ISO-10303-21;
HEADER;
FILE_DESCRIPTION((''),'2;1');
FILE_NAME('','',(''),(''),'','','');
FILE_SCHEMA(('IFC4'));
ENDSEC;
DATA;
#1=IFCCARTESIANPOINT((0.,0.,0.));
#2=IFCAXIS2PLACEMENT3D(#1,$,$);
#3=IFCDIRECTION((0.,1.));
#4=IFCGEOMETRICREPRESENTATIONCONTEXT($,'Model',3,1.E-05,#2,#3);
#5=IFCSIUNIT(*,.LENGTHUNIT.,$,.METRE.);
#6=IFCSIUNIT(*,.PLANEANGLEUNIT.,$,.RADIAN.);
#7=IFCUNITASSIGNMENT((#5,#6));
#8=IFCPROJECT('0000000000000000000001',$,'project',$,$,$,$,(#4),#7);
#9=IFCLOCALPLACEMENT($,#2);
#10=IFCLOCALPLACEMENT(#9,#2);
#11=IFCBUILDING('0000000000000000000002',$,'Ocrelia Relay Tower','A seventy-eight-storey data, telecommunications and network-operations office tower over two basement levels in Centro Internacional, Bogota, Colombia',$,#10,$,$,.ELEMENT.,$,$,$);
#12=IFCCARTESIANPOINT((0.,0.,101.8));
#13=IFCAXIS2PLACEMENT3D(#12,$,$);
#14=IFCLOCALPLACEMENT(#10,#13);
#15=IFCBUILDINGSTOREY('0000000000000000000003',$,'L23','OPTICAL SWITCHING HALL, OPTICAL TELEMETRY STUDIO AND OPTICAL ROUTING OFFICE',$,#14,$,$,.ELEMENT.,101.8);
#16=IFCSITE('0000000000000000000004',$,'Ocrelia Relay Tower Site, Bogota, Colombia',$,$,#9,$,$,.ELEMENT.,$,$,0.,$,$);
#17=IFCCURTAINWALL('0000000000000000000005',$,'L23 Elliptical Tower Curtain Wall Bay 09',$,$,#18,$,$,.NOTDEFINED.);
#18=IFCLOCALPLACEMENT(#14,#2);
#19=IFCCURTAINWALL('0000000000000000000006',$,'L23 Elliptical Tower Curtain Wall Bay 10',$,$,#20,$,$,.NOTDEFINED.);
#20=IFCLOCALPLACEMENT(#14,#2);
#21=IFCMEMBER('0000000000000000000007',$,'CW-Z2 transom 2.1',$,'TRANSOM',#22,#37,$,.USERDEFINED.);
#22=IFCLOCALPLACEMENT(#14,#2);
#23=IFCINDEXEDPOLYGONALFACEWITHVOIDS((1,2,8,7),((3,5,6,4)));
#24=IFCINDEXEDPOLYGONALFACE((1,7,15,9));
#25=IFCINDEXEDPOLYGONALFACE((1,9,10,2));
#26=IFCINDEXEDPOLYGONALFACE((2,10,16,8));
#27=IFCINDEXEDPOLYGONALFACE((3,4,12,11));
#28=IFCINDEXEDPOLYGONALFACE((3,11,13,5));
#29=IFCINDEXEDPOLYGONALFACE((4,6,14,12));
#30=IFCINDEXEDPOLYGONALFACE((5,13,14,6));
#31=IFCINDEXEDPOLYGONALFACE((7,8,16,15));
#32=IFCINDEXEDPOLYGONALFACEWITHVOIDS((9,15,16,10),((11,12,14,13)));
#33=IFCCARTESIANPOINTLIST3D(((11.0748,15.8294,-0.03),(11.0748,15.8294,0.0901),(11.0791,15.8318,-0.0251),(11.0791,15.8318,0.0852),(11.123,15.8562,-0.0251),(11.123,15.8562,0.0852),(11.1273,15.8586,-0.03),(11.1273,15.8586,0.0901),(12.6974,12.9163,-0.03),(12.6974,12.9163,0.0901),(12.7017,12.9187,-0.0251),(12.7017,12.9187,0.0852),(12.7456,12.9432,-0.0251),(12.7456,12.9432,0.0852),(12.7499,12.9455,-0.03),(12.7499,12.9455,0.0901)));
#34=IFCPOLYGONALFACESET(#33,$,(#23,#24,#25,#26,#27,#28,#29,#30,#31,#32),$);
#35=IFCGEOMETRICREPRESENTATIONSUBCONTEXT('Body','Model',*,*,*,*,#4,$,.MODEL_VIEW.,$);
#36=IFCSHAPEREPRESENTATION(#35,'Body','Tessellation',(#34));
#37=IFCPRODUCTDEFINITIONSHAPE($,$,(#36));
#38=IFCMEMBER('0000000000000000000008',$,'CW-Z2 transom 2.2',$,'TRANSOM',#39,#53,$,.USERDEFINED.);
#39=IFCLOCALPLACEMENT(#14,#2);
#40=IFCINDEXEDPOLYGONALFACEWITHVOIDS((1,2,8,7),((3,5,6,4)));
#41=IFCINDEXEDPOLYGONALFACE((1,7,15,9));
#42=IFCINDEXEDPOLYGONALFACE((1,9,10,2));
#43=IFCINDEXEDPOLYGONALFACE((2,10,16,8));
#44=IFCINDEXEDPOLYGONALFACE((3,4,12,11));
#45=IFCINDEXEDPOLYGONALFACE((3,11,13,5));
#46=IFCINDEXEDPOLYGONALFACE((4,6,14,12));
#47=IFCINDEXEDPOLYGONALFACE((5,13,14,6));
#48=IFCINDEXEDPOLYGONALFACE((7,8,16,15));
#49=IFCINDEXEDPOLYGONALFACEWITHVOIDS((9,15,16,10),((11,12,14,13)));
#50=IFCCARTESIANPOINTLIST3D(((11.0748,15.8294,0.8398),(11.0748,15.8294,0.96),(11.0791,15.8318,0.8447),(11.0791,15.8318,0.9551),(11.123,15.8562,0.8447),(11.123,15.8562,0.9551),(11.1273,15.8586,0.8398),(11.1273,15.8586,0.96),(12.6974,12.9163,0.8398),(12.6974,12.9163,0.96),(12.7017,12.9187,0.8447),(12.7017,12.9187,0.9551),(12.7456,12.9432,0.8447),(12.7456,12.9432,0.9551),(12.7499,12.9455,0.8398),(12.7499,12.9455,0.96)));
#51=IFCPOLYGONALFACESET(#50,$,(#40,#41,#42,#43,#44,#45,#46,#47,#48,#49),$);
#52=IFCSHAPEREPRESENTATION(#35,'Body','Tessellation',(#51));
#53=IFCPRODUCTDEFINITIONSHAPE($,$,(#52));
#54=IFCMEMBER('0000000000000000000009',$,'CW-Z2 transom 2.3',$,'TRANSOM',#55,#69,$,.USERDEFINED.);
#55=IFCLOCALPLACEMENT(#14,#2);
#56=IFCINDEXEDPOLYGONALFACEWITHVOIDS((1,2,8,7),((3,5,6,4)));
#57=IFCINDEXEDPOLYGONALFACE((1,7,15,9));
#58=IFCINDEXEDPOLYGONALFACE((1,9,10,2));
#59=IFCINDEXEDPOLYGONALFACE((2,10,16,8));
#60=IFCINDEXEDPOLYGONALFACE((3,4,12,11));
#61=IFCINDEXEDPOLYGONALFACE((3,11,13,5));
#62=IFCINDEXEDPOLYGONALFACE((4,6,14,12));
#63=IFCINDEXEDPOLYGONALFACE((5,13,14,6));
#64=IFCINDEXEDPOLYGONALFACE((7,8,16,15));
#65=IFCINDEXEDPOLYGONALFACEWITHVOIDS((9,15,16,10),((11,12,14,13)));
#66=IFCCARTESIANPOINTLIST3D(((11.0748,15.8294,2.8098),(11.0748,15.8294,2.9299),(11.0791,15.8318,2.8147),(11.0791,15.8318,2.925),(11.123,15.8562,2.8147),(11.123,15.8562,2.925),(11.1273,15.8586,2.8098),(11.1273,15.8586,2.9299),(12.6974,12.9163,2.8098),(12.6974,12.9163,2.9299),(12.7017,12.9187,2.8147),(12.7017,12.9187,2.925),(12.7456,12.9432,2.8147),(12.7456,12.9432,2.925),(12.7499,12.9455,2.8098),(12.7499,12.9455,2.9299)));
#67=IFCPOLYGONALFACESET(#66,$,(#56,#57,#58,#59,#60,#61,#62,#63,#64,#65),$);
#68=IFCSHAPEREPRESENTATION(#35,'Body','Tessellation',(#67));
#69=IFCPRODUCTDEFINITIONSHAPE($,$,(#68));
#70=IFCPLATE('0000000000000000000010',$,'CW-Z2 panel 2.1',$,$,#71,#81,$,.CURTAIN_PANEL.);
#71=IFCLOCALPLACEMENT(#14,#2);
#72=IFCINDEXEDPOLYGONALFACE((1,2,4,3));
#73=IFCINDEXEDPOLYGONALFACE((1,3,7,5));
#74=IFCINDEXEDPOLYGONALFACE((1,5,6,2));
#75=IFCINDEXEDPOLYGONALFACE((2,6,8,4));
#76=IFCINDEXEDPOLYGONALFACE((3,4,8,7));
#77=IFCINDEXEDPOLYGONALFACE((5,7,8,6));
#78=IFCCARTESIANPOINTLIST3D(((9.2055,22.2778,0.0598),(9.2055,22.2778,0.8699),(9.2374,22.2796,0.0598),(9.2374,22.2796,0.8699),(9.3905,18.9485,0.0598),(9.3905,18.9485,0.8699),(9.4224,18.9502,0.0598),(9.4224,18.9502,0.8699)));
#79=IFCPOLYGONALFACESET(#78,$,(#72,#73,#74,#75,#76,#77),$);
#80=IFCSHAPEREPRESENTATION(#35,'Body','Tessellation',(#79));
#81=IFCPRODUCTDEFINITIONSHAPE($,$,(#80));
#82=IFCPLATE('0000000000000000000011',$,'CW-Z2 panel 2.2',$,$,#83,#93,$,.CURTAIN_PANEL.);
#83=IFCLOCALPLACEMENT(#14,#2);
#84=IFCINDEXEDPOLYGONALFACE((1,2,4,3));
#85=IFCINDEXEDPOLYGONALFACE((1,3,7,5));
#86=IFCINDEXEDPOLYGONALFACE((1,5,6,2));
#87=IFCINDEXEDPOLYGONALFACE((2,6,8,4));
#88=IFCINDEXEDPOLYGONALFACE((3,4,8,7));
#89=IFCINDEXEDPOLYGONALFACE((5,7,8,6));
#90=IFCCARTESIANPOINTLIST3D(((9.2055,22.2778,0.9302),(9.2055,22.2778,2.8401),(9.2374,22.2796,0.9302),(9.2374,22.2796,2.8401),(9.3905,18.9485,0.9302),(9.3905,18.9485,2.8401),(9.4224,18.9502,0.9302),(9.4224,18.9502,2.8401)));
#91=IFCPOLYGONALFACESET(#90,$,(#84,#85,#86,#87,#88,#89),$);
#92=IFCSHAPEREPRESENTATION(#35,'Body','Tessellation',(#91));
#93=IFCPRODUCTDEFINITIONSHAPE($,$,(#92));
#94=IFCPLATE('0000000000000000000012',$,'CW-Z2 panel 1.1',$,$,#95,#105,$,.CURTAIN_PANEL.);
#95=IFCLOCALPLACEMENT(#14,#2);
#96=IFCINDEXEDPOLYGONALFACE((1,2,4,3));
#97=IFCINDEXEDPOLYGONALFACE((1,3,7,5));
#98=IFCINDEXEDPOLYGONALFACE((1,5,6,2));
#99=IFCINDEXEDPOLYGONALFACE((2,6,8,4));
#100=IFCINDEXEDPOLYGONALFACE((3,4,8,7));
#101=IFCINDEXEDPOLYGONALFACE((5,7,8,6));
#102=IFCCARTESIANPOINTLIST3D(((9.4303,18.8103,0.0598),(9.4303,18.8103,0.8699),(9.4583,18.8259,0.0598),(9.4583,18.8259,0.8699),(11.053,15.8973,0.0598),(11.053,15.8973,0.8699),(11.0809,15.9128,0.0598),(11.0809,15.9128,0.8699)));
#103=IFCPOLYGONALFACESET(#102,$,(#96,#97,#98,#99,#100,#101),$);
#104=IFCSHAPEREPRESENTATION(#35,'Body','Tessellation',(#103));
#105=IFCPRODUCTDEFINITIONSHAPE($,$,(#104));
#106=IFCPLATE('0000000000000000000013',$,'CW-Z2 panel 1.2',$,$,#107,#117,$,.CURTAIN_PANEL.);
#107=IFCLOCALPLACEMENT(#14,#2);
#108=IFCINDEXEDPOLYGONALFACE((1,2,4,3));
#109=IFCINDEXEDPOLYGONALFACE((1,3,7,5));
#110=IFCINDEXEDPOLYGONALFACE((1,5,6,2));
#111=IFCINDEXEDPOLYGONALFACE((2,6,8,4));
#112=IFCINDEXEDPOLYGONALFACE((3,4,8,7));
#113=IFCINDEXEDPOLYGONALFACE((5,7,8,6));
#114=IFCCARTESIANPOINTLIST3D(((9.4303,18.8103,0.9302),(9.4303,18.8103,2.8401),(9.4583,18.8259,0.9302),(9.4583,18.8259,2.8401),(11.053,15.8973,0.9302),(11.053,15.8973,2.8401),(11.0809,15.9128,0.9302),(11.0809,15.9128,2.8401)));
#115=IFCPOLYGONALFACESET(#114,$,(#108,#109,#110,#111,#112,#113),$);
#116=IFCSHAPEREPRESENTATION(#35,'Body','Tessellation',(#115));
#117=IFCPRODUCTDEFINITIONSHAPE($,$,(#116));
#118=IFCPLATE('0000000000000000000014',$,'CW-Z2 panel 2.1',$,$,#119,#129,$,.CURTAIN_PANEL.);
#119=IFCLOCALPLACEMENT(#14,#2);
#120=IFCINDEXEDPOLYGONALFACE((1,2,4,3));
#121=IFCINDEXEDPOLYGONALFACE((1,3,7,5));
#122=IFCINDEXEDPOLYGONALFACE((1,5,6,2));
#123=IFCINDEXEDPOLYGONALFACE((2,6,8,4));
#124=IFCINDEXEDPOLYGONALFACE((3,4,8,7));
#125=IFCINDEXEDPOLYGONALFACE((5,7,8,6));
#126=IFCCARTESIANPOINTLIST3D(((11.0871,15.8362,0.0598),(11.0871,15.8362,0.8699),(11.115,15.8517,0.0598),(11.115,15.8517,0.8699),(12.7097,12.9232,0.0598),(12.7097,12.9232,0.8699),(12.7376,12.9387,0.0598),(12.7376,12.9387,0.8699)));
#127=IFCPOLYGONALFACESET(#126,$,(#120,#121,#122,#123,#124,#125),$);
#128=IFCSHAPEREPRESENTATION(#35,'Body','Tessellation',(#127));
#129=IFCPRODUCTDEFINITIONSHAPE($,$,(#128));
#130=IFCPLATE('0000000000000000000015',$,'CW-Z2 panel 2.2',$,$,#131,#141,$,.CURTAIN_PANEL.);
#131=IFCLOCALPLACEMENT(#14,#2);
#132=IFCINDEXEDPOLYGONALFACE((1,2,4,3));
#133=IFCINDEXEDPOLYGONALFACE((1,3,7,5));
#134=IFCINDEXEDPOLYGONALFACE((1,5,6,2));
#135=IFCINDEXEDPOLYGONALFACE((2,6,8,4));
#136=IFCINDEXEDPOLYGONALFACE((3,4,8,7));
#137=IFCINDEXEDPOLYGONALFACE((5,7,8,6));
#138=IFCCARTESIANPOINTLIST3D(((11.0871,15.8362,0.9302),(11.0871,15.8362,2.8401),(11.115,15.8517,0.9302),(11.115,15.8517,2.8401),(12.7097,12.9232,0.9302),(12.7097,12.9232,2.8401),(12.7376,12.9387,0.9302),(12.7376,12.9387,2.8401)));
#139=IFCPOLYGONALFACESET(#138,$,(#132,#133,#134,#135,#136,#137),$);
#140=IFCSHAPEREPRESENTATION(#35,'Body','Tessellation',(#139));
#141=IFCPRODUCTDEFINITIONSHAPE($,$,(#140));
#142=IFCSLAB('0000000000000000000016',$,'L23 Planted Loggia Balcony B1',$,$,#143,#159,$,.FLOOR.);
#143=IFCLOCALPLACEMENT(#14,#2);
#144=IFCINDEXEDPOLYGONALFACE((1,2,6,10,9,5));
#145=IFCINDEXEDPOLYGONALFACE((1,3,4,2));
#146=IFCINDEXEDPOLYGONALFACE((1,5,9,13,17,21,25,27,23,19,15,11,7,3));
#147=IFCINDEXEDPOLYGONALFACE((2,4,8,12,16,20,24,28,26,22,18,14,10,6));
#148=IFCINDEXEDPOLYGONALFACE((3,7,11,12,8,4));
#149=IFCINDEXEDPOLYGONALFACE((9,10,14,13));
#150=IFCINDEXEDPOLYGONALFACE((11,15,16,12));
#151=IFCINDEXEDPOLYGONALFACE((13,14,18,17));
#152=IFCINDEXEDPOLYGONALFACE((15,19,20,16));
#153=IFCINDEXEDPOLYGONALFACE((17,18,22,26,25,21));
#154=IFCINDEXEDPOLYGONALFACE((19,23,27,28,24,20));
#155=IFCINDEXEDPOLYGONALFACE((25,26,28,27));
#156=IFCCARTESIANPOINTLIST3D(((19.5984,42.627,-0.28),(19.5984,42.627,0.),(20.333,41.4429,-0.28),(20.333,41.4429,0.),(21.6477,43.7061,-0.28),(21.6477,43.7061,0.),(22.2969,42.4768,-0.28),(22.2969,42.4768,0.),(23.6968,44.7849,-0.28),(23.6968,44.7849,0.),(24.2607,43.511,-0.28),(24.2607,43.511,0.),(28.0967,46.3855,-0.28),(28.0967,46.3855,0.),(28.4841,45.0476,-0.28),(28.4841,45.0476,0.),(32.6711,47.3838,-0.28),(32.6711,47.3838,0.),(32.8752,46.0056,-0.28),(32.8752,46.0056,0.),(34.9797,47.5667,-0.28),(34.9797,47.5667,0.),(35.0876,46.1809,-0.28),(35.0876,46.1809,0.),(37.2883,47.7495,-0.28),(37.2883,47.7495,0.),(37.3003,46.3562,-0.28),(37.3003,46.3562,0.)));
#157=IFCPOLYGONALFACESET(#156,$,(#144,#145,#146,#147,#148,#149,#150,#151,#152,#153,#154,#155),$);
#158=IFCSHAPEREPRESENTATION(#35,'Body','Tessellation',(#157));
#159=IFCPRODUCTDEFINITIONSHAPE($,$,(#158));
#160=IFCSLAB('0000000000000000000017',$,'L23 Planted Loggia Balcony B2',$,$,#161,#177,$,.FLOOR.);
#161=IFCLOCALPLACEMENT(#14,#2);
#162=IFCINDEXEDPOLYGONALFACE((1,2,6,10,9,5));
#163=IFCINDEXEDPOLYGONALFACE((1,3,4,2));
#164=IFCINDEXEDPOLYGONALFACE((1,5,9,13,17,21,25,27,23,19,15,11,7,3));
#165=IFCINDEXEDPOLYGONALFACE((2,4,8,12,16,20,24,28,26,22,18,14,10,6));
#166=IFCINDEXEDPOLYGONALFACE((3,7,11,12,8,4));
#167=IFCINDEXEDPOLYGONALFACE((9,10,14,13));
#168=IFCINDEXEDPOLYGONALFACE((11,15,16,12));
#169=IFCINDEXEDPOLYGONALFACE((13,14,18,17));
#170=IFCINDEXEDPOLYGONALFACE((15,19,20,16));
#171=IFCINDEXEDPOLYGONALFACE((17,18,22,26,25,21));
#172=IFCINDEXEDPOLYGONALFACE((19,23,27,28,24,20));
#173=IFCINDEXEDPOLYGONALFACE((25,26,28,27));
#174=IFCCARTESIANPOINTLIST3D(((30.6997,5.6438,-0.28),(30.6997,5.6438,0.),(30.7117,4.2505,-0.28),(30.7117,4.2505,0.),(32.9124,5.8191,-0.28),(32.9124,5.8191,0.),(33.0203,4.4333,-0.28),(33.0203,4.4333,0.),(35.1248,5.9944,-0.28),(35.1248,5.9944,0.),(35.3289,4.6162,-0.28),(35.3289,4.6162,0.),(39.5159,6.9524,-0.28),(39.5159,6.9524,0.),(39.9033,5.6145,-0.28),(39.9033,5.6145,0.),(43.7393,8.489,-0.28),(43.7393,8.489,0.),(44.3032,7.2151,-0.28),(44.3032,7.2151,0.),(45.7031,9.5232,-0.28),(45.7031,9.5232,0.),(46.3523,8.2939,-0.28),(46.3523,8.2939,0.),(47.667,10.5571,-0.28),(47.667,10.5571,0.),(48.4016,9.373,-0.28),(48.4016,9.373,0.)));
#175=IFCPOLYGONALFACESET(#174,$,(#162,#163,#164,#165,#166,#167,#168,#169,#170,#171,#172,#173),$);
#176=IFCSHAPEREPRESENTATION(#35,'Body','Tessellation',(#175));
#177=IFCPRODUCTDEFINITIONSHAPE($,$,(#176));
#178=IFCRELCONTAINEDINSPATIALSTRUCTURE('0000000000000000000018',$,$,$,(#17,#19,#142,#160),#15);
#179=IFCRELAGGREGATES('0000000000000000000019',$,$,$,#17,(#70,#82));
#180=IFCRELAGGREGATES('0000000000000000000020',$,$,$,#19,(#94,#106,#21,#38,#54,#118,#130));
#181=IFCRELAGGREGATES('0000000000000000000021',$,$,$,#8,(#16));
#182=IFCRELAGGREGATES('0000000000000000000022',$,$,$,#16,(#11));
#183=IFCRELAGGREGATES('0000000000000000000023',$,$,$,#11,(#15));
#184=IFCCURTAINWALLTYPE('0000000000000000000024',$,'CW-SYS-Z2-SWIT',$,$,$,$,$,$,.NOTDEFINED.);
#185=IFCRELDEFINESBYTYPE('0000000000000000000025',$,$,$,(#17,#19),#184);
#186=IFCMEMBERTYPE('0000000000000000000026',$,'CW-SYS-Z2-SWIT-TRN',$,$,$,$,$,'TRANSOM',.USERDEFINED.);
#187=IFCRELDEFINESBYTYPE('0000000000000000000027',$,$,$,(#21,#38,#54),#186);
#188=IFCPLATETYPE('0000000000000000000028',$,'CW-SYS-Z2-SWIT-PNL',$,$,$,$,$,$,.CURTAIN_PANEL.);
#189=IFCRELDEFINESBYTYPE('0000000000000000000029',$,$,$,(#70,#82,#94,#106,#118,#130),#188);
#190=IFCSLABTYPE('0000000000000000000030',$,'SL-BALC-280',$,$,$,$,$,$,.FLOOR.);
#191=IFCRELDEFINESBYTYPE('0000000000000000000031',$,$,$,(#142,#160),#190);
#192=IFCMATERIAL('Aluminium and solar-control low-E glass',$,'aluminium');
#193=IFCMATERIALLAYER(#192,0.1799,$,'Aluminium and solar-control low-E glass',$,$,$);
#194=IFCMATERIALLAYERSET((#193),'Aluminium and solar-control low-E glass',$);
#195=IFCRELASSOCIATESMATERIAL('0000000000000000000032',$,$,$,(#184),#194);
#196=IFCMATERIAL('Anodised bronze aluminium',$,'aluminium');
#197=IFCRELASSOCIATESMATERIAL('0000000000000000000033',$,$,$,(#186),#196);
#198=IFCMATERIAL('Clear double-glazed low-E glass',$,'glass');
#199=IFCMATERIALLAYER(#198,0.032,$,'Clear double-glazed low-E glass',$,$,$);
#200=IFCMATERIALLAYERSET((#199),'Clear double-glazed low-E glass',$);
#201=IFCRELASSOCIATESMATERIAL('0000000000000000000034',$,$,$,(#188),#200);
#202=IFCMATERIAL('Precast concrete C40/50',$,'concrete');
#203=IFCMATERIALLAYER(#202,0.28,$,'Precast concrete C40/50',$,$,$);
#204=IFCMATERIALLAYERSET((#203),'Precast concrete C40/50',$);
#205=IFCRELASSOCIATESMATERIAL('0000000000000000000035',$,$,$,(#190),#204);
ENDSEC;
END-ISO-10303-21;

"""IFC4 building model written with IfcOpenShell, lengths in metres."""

from ifc_helpers import new_model, si_unit, direction, frame, origin, origin_2d, place, context, subcontext, project, spatial, polyline, rectangle, hollow_rectangle, outline, extrude, material, layer, layer_set, material_profile, profile_set, type_object, element, aggregate, save


model = new_model("IFC4")

# Units and contexts
model_context = context("Model", 3, precision=1e-05, world=origin(), true_north=direction((0.0, 1.0)))
body_context = subcontext(model_context, "Body", "Model", "MODEL_VIEW")
ifc_project = project(units=[si_unit("LENGTHUNIT", "METRE"), si_unit("PLANEANGLEUNIT", "RADIAN")], contexts=[model_context])

# Site, building, storey
site_placement = place(None, origin())
site = spatial("IfcSite", under=ifc_project, at=site_placement, Name="Ocrelia Relay Tower Site, Bogota, Colombia", CompositionType="ELEMENT", RefElevation=0.0)
building_placement = place(site_placement, origin())
building = spatial("IfcBuilding", under=site, at=building_placement, Name="Ocrelia Relay Tower", Description="A seventy-eight-storey data, telecommunications and network-operations office tower over two basement levels in Centro Internacional, Bogota, Colombia", CompositionType="ELEMENT")
storey_placement = place(building_placement, frame((0.0, 0.0, 101.8)))
storey = spatial("IfcBuildingStorey", under=building, at=storey_placement, Name="L23", Description="OPTICAL SWITCHING HALL, OPTICAL TELEMETRY STUDIO AND OPTICAL ROUTING OFFICE", CompositionType="ELEMENT", Elevation=101.8)

# Curtain walls
ifc_material_1 = material(Name="Aluminium and solar-control low-E glass", Category="aluminium")
ifc_layer_1 = layer(ifc_material_1, 0.1799, Name="Aluminium and solar-control low-E glass")
ifc_layer_set_1 = layer_set([ifc_layer_1], Name="Aluminium and solar-control low-E glass")
curtain_wall_type = type_object("IfcCurtainWallType", Name="CW-SYS-Z2-SWIT", PredefinedType="NOTDEFINED", material=ifc_layer_set_1)
curtain_wall_1_placement = place(storey_placement, origin())
curtain_wall_1 = element("IfcCurtainWall", 1, at=curtain_wall_1_placement, inside=storey, type_object=curtain_wall_type, Name="L23 Elliptical Tower Curtain Wall Bay 09", PredefinedType="NOTDEFINED")
ifc_material_2 = material(Name="Anodised bronze aluminium", Category="aluminium")
curtain_wall_2_placement = place(storey_placement, origin())
curtain_wall_2 = element("IfcCurtainWall", 2, at=curtain_wall_2_placement, inside=storey, type_object=curtain_wall_type, Name="L23 Elliptical Tower Curtain Wall Bay 10", PredefinedType="NOTDEFINED")

# Members
ifc_material_profile_1 = material_profile(ifc_material_2, hollow_rectangle(XDim=0.0601, YDim=0.1201, WallThickness=0.0049, at=origin_2d()), Name="CW-TRN-120x60")
ifc_profile_set_1 = profile_set([ifc_material_profile_1], Name="Anodised bronze aluminium")
member_type_1 = type_object("IfcMemberType", Name="CW-SYS-Z2-SWIT-TRN", ElementType="TRANSOM", PredefinedType="USERDEFINED", material=ifc_profile_set_1)
member_1_placement = place(storey_placement, frame((11.1011, 15.844, 0.03), z_axis=(0.4866, -0.873625, 0.0), x_axis=(0.873625, 0.4866, 0.0)))
member_1 = element("IfcMember", 3, at=member_1_placement, type_object=member_type_1, Name="CW-Z2 transom 2.1", ObjectType="TRANSOM", PredefinedType="USERDEFINED", context=body_context, shape_type="SweptSolid", body=[
    extrude(hollow_rectangle(XDim=0.0601, YDim=0.1201, WallThickness=0.0049, at=origin_2d()), origin(), (0.0, 0.0, 1.0), 3.3345),
])
member_2_placement = place(storey_placement, frame((11.1011, 15.844, 0.8999), z_axis=(0.4866, -0.873625, 0.0), x_axis=(0.873625, 0.4866, 0.0)))
member_2 = element("IfcMember", 4, at=member_2_placement, type_object=member_type_1, Name="CW-Z2 transom 2.2", ObjectType="TRANSOM", PredefinedType="USERDEFINED", context=body_context, shape_type="SweptSolid", body=[
    extrude(hollow_rectangle(XDim=0.0601, YDim=0.1201, WallThickness=0.0049, at=origin_2d()), origin(), (0.0, 0.0, 1.0), 3.3345),
])
member_3_placement = place(storey_placement, frame((11.1011, 15.844, 2.8699), z_axis=(0.4866, -0.873625, 0.0), x_axis=(0.873625, 0.4866, 0.0)))
member_3 = element("IfcMember", 5, at=member_3_placement, type_object=member_type_1, Name="CW-Z2 transom 2.3", ObjectType="TRANSOM", PredefinedType="USERDEFINED", context=body_context, shape_type="SweptSolid", body=[
    extrude(hollow_rectangle(XDim=0.0601, YDim=0.1201, WallThickness=0.0049, at=origin_2d()), origin(), (0.0, 0.0, 1.0), 3.3345),
])

# Plates
ifc_material_3 = material(Name="Clear double-glazed low-E glass", Category="glass")
ifc_layer_2 = layer(ifc_material_3, 0.032, Name="Clear double-glazed low-E glass")
ifc_layer_set_2 = layer_set([ifc_layer_2], Name="Clear double-glazed low-E glass")
plate_type = type_object("IfcPlateType", Name="CW-SYS-Z2-SWIT-PNL", PredefinedType="CURTAIN_PANEL", material=ifc_layer_set_2)
plate_1_placement = place(storey_placement, frame((9.314, 20.614, 0.0598), z_axis=(0.0, 0.0, 1.0), x_axis=(0.055487, -0.998459, 0.0)))
plate_1 = element("IfcPlate", 6, at=plate_1_placement, type_object=plate_type, Name="CW-Z2 panel 2.1", PredefinedType="CURTAIN_PANEL", context=body_context, shape_type="SweptSolid", body=[
    extrude(rectangle(XDim=3.3345, YDim=0.032, at=origin_2d()), origin(), (0.0, 0.0, 1.0), 0.8101),
])
plate_2_placement = place(storey_placement, frame((9.314, 20.614, 0.9302), z_axis=(0.0, 0.0, 1.0), x_axis=(0.055487, -0.998459, 0.0)))
plate_2 = element("IfcPlate", 7, at=plate_2_placement, type_object=plate_type, Name="CW-Z2 panel 2.2", PredefinedType="CURTAIN_PANEL", context=body_context, shape_type="SweptSolid", body=[
    extrude(rectangle(XDim=3.3345, YDim=0.032, at=origin_2d()), origin(), (0.0, 0.0, 1.0), 1.9099),
])
aggregate(curtain_wall_1, [plate_1, plate_2])
plate_3_placement = place(storey_placement, frame((10.2556, 17.3616, 0.0598), z_axis=(0.0, 0.0, 1.0), x_axis=(0.486624, -0.873612, 0.0)))
plate_3 = element("IfcPlate", 8, at=plate_3_placement, type_object=plate_type, Name="CW-Z2 panel 1.1", PredefinedType="CURTAIN_PANEL", context=body_context, shape_type="SweptSolid", body=[
    extrude(rectangle(XDim=3.3345, YDim=0.032, at=origin_2d()), origin(), (0.0, 0.0, 1.0), 0.8101),
])
plate_4_placement = place(storey_placement, frame((10.2556, 17.3616, 0.9302), z_axis=(0.0, 0.0, 1.0), x_axis=(0.486624, -0.873612, 0.0)))
plate_4 = element("IfcPlate", 9, at=plate_4_placement, type_object=plate_type, Name="CW-Z2 panel 1.2", PredefinedType="CURTAIN_PANEL", context=body_context, shape_type="SweptSolid", body=[
    extrude(rectangle(XDim=3.3345, YDim=0.032, at=origin_2d()), origin(), (0.0, 0.0, 1.0), 1.9099),
])
plate_5_placement = place(storey_placement, frame((11.9124, 14.3875, 0.0598), z_axis=(0.0, 0.0, 1.0), x_axis=(0.486624, -0.873612, 0.0)))
plate_5 = element("IfcPlate", 10, at=plate_5_placement, type_object=plate_type, Name="CW-Z2 panel 2.1", PredefinedType="CURTAIN_PANEL", context=body_context, shape_type="SweptSolid", body=[
    extrude(rectangle(XDim=3.3345, YDim=0.032, at=origin_2d()), origin(), (0.0, 0.0, 1.0), 0.8101),
])
plate_6_placement = place(storey_placement, frame((11.9124, 14.3875, 0.9302), z_axis=(0.0, 0.0, 1.0), x_axis=(0.486624, -0.873612, 0.0)))
plate_6 = element("IfcPlate", 11, at=plate_6_placement, type_object=plate_type, Name="CW-Z2 panel 2.2", PredefinedType="CURTAIN_PANEL", context=body_context, shape_type="SweptSolid", body=[
    extrude(rectangle(XDim=3.3345, YDim=0.032, at=origin_2d()), origin(), (0.0, 0.0, 1.0), 1.9099),
])
aggregate(curtain_wall_2, [plate_3, plate_4, member_1, member_2, member_3, plate_5, plate_6])

# Slabs
ifc_material_4 = material(Name="Precast concrete C40/50", Category="concrete")
ifc_layer_3 = layer(ifc_material_4, 0.28, Name="Precast concrete C40/50")
ifc_layer_set_3 = layer_set([ifc_layer_3], Name="Precast concrete C40/50")
slab_type_1 = type_object("IfcSlabType", Name="SL-BALC-280", PredefinedType="FLOOR", material=ifc_layer_set_3)
slab_1_placement = place(storey_placement, frame((0.0, 0.0, -0.28)))
element("IfcSlab", 12, at=slab_1_placement, inside=storey, type_object=slab_type_1, Name="L23 Planted Loggia Balcony B1", PredefinedType="FLOOR", context=body_context, shape_type="SweptSolid", body=[
    extrude(outline(polyline([(37.3003, 46.3562), (35.0876, 46.1809), (32.8752, 46.0056), (28.4841, 45.0476), (24.2607, 43.511), (22.2969, 42.4768), (20.333, 41.4429), (19.5984, 42.627), (21.6477, 43.7061), (23.6968, 44.7849), (28.0967, 46.3855), (32.6711, 47.3838), (34.9797, 47.5667), (37.2883, 47.7495), (37.3003, 46.3562)])), origin(), (0.0, 0.0, 1.0), 0.28),
])
slab_2_placement = place(storey_placement, frame((0.0, 0.0, -0.28)))
element("IfcSlab", 13, at=slab_2_placement, inside=storey, type_object=slab_type_1, Name="L23 Planted Loggia Balcony B2", PredefinedType="FLOOR", context=body_context, shape_type="SweptSolid", body=[
    extrude(outline(polyline([(30.6997, 5.6438), (32.9124, 5.8191), (35.1248, 5.9944), (39.5159, 6.9524), (43.7393, 8.489), (45.7031, 9.5232), (47.667, 10.5571), (48.4016, 9.373), (46.3523, 8.2939), (44.3032, 7.2151), (39.9033, 5.6145), (35.3289, 4.6162), (33.0203, 4.4333), (30.7117, 4.2505), (30.6997, 5.6438)])), origin(), (0.0, 0.0, 1.0), 0.28),
])

save(model, "model.ifc")
